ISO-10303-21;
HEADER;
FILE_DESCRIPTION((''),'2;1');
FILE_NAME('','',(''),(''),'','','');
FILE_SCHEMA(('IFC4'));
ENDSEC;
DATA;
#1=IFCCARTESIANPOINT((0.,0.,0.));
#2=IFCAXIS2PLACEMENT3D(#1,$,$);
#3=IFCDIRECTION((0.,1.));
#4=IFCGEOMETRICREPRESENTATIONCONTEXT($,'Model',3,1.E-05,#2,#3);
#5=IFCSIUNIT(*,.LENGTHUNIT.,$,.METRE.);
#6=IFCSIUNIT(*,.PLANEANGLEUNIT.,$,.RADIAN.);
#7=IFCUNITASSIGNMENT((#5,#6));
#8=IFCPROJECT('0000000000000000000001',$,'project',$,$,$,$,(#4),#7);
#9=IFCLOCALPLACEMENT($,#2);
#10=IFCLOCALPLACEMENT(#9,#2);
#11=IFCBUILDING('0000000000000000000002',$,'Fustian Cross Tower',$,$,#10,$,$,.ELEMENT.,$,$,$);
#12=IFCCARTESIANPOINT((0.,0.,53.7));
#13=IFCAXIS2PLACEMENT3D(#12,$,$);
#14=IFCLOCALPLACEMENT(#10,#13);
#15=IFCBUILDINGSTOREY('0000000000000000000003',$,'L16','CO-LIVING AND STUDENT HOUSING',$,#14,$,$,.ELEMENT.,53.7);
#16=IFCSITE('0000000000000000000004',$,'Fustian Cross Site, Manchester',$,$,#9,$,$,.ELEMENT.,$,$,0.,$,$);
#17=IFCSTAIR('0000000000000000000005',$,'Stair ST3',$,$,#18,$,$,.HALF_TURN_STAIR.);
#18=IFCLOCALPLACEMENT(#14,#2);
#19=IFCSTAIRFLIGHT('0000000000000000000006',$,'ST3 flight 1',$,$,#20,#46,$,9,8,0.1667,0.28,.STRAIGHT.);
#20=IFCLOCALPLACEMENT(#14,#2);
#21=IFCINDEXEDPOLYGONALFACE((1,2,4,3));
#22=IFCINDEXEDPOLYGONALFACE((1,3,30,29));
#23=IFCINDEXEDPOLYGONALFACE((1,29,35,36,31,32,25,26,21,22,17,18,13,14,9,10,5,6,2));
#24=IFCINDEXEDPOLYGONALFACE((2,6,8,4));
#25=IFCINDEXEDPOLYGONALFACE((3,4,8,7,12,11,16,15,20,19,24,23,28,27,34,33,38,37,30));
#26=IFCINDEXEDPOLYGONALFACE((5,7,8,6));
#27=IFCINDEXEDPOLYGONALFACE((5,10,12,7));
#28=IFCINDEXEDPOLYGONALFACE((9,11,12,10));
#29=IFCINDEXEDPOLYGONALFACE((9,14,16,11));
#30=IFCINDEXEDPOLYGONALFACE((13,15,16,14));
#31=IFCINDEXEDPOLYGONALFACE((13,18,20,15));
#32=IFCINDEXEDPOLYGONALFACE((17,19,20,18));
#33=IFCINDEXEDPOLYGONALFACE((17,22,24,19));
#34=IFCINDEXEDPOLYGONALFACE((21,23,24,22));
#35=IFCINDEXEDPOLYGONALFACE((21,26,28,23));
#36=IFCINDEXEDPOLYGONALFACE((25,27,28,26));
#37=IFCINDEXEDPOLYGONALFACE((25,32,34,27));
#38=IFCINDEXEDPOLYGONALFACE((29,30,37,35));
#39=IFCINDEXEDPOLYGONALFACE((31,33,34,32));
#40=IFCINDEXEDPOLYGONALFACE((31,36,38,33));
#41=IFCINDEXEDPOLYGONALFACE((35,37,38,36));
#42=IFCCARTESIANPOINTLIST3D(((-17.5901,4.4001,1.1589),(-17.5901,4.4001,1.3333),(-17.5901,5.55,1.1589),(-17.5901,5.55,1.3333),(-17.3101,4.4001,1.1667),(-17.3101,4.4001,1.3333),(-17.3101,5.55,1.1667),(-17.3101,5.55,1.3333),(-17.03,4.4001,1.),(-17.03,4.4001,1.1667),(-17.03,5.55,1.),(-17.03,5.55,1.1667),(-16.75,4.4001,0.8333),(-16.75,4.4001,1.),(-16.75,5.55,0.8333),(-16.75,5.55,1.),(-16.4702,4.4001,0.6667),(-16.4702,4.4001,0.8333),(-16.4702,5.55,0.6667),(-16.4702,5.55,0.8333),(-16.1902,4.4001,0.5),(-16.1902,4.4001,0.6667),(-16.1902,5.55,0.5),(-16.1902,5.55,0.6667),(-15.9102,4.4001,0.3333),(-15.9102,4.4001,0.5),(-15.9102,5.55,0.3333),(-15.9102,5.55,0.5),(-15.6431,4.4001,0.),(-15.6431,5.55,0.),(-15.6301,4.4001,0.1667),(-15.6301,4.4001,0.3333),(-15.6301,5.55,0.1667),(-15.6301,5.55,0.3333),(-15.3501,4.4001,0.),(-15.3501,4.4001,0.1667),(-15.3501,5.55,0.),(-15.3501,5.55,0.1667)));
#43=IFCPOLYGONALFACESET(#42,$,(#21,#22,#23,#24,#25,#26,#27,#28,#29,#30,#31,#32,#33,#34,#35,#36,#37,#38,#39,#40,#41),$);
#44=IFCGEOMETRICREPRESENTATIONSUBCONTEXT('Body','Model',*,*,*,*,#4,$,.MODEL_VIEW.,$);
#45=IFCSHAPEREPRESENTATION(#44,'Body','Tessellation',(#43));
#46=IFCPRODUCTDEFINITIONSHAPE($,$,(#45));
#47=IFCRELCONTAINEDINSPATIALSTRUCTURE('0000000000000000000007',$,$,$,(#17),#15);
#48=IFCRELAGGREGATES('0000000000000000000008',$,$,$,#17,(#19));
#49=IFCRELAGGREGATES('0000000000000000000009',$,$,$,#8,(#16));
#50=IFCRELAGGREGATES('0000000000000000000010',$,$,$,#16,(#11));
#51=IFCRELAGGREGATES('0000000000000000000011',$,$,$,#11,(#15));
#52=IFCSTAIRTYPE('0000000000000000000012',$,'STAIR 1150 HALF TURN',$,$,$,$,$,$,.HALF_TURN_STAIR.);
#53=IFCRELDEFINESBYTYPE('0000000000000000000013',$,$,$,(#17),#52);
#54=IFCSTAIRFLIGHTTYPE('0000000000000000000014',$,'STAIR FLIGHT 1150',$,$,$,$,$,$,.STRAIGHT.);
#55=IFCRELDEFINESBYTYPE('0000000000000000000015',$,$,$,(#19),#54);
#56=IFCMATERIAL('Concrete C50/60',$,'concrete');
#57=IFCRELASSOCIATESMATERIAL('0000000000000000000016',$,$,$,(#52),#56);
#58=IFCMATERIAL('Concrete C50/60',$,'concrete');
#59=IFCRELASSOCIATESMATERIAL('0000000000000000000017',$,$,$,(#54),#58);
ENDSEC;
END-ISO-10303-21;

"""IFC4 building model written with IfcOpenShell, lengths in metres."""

from ifc_helpers import new_model, si_unit, direction, frame, origin, place, context, subcontext, project, spatial, polyline, outline, extrude, material, type_object, element, aggregate, save


model = new_model("IFC4")

# Units and contexts
model_context = context("Model", 3, precision=1e-05, world=origin(), true_north=direction((0.0, 1.0)))
body_context = subcontext(model_context, "Body", "Model", "MODEL_VIEW")
ifc_project = project(units=[si_unit("LENGTHUNIT", "METRE"), si_unit("PLANEANGLEUNIT", "RADIAN")], contexts=[model_context])

# Site, building, storey
site_placement = place(None, origin())
site = spatial("IfcSite", under=ifc_project, at=site_placement, Name="Fustian Cross Site, Manchester", CompositionType="ELEMENT", RefElevation=0.0)
building_placement = place(site_placement, origin())
building = spatial("IfcBuilding", under=site, at=building_placement, Name="Fustian Cross Tower", CompositionType="ELEMENT")
storey_placement = place(building_placement, frame((0.0, 0.0, 53.7)))
storey = spatial("IfcBuildingStorey", under=building, at=storey_placement, Name="L16", Description="CO-LIVING AND STUDENT HOUSING", CompositionType="ELEMENT", Elevation=53.7)

# Stair, stair flight
ifc_material_1 = material(Name="Concrete C50/60", Category="concrete")
stair_type = type_object("IfcStairType", Name="STAIR 1150 HALF TURN", PredefinedType="HALF_TURN_STAIR", material=ifc_material_1)
stair_placement = place(storey_placement, origin())
stair = element("IfcStair", 1, at=stair_placement, inside=storey, type_object=stair_type, Name="Stair ST3", PredefinedType="HALF_TURN_STAIR")
ifc_material_2 = material(Name="Concrete C50/60", Category="concrete")
stair_flight_type = type_object("IfcStairFlightType", Name="STAIR FLIGHT 1150", PredefinedType="STRAIGHT", material=ifc_material_2)
stair_flight_placement = place(storey_placement, frame((-15.3501, 4.9751, 0.0), z_axis=(0.0, 0.0, 1.0), x_axis=(-1.0, 0.0, 0.0)))
stair_flight = element("IfcStairFlight", 2, at=stair_flight_placement, type_object=stair_flight_type, Name="ST3 flight 1", NumberOfRisers=9, NumberOfTreads=8, PredefinedType="STRAIGHT", RiserHeight=0.1667, TreadLength=0.28, context=body_context, shape_type="SweptSolid", body=[
    extrude(outline(polyline([(0.0, 0.0), (0.0, 0.1667), (0.28, 0.1667), (0.28, 0.3333), (0.5601, 0.3333), (0.5601, 0.5), (0.8401, 0.5), (0.8401, 0.6667), (1.1201, 0.6667), (1.1201, 0.8333), (1.3999, 0.8333), (1.3999, 1.0), (1.6799, 1.0), (1.6799, 1.1667), (1.96, 1.1667), (1.96, 1.3333), (2.24, 1.3333), (2.24, 1.5), (2.24, 1.1589), (0.293, 0.0), (0.0, 0.0)])), frame((0.0, 0.575, 0.0), z_axis=(0.0, -1.0, 0.0), x_axis=(1.0, 0.0, 0.0)), (0.0, 0.0, 1.0), 1.1499),
])
aggregate(stair, [stair_flight])

save(model, "model.ifc")
